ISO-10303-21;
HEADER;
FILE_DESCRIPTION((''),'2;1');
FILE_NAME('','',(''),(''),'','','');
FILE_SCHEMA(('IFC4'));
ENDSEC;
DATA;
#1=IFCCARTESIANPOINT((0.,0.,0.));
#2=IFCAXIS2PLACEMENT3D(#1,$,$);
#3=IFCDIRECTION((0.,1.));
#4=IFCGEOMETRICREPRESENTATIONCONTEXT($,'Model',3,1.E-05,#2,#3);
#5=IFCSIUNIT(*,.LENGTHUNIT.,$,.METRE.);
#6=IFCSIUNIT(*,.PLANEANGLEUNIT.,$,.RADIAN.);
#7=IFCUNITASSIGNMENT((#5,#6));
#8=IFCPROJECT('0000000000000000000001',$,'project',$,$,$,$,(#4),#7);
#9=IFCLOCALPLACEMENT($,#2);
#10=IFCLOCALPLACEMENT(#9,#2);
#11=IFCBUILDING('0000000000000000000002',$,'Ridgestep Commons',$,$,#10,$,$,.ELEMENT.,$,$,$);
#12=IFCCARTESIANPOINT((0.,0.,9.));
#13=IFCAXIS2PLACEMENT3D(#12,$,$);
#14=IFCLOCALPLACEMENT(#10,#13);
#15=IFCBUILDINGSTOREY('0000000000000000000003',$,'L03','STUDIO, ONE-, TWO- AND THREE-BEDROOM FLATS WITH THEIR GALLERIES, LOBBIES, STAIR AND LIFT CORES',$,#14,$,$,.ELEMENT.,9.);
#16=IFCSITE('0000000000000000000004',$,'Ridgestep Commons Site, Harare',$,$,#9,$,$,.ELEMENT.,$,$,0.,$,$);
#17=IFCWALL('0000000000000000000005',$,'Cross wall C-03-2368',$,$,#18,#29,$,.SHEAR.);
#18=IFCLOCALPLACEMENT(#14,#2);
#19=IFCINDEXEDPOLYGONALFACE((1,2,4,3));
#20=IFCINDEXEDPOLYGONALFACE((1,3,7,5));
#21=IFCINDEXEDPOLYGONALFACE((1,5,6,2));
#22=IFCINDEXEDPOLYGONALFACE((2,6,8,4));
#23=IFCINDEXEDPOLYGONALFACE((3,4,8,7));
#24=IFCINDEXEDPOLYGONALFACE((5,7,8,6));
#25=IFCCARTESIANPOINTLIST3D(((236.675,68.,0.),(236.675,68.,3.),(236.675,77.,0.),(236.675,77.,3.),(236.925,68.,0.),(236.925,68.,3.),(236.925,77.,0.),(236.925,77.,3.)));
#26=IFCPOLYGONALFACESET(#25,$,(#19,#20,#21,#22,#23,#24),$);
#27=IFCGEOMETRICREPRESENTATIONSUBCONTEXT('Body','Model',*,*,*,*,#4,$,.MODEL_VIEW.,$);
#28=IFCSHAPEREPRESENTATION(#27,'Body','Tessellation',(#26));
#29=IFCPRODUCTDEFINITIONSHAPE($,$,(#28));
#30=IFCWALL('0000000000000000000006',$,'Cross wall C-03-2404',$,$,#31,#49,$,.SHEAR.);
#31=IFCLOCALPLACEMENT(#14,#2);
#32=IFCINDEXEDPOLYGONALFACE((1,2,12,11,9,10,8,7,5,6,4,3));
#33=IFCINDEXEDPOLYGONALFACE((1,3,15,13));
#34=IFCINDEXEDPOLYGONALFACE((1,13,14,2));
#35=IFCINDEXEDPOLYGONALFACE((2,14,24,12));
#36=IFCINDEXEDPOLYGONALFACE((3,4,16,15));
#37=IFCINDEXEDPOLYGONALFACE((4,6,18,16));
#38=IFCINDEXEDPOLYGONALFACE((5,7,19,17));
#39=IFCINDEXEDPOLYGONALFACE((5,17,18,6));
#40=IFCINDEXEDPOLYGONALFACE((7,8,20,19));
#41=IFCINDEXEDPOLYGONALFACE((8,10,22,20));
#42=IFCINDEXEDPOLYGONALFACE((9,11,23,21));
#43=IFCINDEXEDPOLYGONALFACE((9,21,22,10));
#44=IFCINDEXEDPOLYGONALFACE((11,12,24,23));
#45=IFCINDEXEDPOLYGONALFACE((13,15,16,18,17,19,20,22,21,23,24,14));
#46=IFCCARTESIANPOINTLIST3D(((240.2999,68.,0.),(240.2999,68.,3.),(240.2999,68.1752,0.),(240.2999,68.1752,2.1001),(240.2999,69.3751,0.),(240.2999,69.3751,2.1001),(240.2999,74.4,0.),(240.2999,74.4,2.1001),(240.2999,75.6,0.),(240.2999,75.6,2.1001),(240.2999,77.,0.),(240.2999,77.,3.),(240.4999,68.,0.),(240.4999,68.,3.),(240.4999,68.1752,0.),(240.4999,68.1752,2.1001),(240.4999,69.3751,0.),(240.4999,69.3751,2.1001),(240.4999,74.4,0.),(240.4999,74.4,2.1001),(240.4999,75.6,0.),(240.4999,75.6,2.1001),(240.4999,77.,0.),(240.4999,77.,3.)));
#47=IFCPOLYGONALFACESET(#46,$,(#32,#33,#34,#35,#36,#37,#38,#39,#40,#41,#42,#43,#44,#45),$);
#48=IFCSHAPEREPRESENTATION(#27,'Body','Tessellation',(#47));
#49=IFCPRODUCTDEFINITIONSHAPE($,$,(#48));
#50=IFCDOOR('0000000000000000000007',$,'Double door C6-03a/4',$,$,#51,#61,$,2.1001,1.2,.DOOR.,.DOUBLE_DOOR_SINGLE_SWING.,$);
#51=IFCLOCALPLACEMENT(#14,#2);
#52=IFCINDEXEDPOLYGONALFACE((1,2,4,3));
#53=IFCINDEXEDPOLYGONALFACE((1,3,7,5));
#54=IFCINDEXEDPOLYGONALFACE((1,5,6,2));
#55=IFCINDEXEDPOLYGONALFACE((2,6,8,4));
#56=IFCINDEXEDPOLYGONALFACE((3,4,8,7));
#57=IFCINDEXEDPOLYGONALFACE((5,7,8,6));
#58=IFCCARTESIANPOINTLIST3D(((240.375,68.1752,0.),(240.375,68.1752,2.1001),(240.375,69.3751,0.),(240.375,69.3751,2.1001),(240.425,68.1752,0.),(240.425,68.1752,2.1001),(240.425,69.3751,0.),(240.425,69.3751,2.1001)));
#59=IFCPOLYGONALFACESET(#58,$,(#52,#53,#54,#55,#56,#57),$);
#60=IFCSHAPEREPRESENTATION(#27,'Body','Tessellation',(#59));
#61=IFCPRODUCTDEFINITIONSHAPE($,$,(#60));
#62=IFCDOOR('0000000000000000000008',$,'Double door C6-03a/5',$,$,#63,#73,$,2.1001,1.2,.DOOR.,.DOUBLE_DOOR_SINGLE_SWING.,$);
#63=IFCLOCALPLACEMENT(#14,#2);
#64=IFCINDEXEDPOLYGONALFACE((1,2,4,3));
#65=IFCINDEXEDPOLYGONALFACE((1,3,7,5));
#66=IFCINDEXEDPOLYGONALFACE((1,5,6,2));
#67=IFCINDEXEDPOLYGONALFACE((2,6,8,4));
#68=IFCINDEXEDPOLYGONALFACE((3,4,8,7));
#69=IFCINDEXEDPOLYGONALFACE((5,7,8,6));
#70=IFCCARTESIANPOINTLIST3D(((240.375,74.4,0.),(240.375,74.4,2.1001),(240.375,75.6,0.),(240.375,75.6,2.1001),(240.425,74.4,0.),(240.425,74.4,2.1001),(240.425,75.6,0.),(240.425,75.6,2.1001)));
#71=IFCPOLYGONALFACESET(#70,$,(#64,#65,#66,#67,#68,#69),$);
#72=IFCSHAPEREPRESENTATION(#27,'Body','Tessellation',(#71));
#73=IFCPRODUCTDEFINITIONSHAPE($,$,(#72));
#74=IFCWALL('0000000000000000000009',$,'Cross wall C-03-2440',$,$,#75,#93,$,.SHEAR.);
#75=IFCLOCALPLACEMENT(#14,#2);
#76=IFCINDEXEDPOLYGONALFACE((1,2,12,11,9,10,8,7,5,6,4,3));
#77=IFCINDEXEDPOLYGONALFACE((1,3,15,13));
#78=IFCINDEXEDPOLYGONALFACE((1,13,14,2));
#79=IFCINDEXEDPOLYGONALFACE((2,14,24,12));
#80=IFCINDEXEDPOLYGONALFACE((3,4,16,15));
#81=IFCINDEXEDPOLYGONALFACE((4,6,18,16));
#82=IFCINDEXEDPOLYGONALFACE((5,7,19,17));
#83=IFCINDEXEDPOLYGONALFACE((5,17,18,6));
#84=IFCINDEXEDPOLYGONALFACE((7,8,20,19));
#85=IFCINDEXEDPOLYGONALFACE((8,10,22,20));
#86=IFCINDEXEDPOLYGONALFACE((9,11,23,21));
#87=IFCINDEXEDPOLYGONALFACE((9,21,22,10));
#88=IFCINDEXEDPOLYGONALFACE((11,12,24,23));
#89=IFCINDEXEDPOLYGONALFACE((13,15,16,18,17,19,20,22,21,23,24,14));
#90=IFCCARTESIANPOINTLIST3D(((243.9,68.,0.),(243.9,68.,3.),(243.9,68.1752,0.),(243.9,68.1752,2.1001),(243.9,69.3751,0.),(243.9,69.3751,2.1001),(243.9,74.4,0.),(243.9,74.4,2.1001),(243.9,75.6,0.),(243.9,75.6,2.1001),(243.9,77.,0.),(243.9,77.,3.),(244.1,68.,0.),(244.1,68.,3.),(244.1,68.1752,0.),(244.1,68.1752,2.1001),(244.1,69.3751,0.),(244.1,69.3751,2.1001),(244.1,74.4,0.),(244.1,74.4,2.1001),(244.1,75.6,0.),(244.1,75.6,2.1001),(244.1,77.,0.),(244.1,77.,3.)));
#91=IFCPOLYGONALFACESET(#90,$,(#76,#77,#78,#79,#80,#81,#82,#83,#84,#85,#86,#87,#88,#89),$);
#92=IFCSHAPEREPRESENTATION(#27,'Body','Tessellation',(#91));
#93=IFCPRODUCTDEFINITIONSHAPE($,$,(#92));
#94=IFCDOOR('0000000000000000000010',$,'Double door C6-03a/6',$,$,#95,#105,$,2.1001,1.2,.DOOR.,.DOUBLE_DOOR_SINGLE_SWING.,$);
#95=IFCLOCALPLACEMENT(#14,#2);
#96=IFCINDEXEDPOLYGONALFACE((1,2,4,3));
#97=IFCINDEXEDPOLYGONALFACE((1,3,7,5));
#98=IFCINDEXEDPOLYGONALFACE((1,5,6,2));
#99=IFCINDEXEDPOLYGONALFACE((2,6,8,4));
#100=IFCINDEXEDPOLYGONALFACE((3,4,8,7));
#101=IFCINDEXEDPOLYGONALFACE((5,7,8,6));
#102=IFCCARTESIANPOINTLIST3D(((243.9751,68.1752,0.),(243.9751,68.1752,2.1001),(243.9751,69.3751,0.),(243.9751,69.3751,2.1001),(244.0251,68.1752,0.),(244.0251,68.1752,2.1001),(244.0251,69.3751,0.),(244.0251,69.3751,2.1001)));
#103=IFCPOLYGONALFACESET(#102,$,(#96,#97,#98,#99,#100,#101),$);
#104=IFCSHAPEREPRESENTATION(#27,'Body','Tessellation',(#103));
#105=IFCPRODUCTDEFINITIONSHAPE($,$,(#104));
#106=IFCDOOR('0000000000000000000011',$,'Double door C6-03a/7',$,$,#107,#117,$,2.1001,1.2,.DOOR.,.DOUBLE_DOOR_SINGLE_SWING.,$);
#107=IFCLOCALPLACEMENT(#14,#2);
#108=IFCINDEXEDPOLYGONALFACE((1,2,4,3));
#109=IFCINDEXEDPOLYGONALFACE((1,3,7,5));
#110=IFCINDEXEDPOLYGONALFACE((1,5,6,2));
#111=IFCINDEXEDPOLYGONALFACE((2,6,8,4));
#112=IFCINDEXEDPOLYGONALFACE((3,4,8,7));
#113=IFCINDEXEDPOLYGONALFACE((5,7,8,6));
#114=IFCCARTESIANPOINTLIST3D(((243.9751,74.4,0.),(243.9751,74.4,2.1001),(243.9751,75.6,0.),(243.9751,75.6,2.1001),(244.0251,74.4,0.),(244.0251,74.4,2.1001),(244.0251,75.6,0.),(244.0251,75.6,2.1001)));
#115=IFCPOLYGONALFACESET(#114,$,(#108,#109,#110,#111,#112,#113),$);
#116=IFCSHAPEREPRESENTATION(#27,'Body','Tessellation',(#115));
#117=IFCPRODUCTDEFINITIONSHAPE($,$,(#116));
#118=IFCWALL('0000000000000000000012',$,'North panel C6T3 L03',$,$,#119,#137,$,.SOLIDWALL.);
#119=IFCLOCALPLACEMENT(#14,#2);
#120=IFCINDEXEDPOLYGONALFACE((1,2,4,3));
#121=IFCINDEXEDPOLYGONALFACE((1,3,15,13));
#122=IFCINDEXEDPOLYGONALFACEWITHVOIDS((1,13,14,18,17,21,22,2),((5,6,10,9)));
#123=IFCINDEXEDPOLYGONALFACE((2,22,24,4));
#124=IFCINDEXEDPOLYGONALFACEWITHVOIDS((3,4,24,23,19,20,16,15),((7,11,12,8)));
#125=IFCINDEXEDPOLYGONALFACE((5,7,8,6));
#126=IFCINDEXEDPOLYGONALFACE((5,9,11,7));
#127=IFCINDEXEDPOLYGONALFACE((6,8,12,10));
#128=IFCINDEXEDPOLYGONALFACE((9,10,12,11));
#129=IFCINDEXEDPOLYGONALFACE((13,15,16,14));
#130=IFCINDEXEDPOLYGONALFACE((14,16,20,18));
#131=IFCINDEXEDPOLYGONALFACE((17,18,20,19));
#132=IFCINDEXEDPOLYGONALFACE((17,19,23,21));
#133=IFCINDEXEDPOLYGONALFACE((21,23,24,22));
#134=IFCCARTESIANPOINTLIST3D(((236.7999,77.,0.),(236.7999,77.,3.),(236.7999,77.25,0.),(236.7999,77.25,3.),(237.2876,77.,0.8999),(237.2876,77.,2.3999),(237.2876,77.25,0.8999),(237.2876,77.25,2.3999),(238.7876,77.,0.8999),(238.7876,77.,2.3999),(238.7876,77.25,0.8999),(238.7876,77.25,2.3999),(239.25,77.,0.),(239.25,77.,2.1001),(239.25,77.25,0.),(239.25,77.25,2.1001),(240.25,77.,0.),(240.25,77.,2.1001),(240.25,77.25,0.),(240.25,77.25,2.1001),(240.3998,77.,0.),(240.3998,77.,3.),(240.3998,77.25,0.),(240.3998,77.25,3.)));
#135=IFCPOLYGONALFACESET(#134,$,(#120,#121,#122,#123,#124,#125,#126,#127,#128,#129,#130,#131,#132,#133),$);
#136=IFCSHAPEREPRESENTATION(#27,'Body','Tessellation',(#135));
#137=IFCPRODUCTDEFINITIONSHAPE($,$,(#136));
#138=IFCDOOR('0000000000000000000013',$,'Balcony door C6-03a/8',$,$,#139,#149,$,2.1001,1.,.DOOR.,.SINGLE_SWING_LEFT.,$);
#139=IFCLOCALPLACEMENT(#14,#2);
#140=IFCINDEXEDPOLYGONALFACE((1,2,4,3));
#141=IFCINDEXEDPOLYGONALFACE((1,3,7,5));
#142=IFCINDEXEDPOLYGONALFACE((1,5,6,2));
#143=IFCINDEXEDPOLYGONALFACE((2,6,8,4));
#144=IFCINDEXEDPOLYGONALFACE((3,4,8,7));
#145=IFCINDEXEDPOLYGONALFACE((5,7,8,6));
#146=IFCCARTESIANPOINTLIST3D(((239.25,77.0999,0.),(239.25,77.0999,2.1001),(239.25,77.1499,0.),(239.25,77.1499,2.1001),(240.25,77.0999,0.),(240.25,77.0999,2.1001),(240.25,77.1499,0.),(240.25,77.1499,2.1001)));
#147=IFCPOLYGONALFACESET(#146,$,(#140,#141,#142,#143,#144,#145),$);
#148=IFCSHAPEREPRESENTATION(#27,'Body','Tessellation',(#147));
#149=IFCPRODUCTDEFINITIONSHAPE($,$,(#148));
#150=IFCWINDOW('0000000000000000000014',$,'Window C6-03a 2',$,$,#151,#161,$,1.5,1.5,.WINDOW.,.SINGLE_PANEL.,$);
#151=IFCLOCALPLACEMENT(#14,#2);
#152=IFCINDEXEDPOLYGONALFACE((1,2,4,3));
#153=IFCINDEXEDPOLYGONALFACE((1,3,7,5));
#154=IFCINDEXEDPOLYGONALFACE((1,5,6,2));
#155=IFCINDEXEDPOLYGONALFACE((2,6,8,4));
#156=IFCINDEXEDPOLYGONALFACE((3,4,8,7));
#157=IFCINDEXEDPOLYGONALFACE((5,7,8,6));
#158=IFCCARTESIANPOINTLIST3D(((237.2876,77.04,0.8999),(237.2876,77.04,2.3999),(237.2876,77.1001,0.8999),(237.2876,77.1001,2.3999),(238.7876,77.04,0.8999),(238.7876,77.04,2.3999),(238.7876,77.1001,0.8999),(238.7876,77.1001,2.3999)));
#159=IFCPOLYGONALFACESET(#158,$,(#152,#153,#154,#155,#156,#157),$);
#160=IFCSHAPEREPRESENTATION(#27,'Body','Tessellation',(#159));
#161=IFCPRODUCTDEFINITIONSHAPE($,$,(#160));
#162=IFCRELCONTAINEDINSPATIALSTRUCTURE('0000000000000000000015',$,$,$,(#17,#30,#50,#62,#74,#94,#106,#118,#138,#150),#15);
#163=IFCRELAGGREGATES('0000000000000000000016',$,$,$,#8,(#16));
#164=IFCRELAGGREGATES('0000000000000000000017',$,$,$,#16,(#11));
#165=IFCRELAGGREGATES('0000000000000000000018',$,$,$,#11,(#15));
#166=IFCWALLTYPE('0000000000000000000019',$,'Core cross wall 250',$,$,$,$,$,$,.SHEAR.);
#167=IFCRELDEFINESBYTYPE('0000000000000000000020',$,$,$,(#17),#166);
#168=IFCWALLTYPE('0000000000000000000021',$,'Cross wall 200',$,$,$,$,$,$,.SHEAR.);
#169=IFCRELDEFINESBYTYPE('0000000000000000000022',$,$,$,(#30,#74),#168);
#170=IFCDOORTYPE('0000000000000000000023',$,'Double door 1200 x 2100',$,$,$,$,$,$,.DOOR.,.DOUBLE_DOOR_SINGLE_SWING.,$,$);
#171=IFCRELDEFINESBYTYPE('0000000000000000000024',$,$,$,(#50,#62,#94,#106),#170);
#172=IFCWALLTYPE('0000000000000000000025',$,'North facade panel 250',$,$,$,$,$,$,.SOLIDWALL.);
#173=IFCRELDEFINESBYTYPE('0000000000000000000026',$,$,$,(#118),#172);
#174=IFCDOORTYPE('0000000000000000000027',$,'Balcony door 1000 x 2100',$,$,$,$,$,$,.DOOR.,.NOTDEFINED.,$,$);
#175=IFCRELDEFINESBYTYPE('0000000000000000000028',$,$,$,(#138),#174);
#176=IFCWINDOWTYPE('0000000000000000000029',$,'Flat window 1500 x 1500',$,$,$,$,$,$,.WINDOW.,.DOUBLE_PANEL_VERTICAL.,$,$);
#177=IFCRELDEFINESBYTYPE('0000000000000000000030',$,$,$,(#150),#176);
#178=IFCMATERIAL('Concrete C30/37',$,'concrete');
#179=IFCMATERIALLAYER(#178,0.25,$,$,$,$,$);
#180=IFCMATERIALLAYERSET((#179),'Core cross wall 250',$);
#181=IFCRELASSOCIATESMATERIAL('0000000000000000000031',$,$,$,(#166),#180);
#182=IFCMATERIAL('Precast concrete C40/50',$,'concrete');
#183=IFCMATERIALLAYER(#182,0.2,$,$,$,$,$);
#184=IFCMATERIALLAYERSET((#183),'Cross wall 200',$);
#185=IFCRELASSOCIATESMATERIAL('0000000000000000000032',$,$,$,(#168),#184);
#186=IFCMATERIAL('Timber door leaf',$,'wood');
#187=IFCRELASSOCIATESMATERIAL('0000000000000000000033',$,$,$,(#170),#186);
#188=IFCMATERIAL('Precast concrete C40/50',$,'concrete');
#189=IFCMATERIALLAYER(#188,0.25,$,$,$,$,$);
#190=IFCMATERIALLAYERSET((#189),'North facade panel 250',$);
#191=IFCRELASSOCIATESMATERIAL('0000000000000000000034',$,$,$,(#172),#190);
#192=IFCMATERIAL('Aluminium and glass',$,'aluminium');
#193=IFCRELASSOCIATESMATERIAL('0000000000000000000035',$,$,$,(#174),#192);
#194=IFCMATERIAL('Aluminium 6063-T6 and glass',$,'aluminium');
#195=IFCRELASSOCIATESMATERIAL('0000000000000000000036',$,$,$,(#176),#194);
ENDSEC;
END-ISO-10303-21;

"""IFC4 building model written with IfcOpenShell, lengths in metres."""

from ifc_helpers import new_model, si_unit, direction, frame, frame_2d, origin, place, context, subcontext, project, spatial, rectangle, extrude, material, layer, layer_set, type_object, element, fill, save


model = new_model("IFC4")

# Units and contexts
model_context = context("Model", 3, precision=1e-05, world=origin(), true_north=direction((0.0, 1.0)))
body_context = subcontext(model_context, "Body", "Model", "MODEL_VIEW")
ifc_project = project(units=[si_unit("LENGTHUNIT", "METRE"), si_unit("PLANEANGLEUNIT", "RADIAN")], contexts=[model_context])

# Site, building, storey
site_placement = place(None, origin())
site = spatial("IfcSite", under=ifc_project, at=site_placement, Name="Ridgestep Commons Site, Harare", CompositionType="ELEMENT", RefElevation=0.0)
building_placement = place(site_placement, origin())
building = spatial("IfcBuilding", under=site, at=building_placement, Name="Ridgestep Commons", CompositionType="ELEMENT")
storey_placement = place(building_placement, frame((0.0, 0.0, 9.0)))
storey = spatial("IfcBuildingStorey", under=building, at=storey_placement, Name="L03", Description="STUDIO, ONE-, TWO- AND THREE-BEDROOM FLATS WITH THEIR GALLERIES, LOBBIES, STAIR AND LIFT CORES", CompositionType="ELEMENT", Elevation=9.0)

# Wall
ifc_material_1 = material(Name="Concrete C30/37", Category="concrete")
ifc_layer_1 = layer(ifc_material_1, 0.25)
ifc_layer_set_1 = layer_set([ifc_layer_1], Name="Core cross wall 250")
wall_type_1 = type_object("IfcWallType", Name="Core cross wall 250", PredefinedType="SHEAR", material=ifc_layer_set_1)
wall_1_placement = place(storey_placement, frame((236.8, 68.0, 0.0), z_axis=(0.0, 0.0, 1.0), x_axis=(0.0, 1.0, 0.0)))
element("IfcWall", 1, at=wall_1_placement, inside=storey, type_object=wall_type_1, Name="Cross wall C-03-2368", PredefinedType="SHEAR", context=body_context, shape_type="SweptSolid", body=[
    extrude(rectangle(XDim=9.0, YDim=0.25, at=frame_2d((4.5, 0.0))), origin(), (0.0, 0.0, 1.0), 3.0),
])

# Walls, openings, doors
ifc_material_2 = material(Name="Precast concrete C40/50", Category="concrete")
ifc_layer_2 = layer(ifc_material_2, 0.2)
ifc_layer_set_2 = layer_set([ifc_layer_2], Name="Cross wall 200")
wall_type_2 = type_object("IfcWallType", Name="Cross wall 200", PredefinedType="SHEAR", material=ifc_layer_set_2)
wall_2_placement = place(storey_placement, frame((240.3999, 68.0, 0.0), z_axis=(0.0, 0.0, 1.0), x_axis=(0.0, 1.0, 0.0)))
wall_2 = element("IfcWall", 2, at=wall_2_placement, inside=storey, type_object=wall_type_2, Name="Cross wall C-03-2404", PredefinedType="SHEAR", context=body_context, shape_type="SweptSolid", body=[
    extrude(rectangle(XDim=9.0, YDim=0.2, at=frame_2d((4.5, 0.0))), origin(), (0.0, 0.0, 1.0), 3.0),
])
opening_1_placement = place(wall_2_placement, frame((0.175, 0.0, 0.0)))
opening_1 = element("IfcOpeningElement", 3, at=opening_1_placement, cuts=wall_2, PredefinedType="OPENING", context=body_context, shape_type="SweptSolid", body=[
    extrude(rectangle(XDim=1.2, YDim=2.1001, at=frame_2d((0.6001, 1.05))), frame((0.0, 0.1099, 0.0), z_axis=(0.0, -1.0, 0.0), x_axis=(1.0, 0.0, 0.0)), (0.0, 0.0, 1.0), 0.22),
])
opening_2_placement = place(wall_2_placement, frame((6.3999, 0.0, 0.0)))
opening_2 = element("IfcOpeningElement", 4, at=opening_2_placement, cuts=wall_2, PredefinedType="OPENING", context=body_context, shape_type="SweptSolid", body=[
    extrude(rectangle(XDim=1.2, YDim=2.1001, at=frame_2d((0.6001, 1.05))), frame((0.0, 0.1099, 0.0), z_axis=(0.0, -1.0, 0.0), x_axis=(1.0, 0.0, 0.0)), (0.0, 0.0, 1.0), 0.22),
])
ifc_material_3 = material(Name="Timber door leaf", Category="wood")
door_type_1 = type_object("IfcDoorType", Name="Double door 1200 x 2100", OperationType="DOUBLE_DOOR_SINGLE_SWING", PredefinedType="DOOR", material=ifc_material_3)
door_1_placement = place(opening_1_placement, origin())
door_1 = element("IfcDoor", 5, at=door_1_placement, inside=storey, type_object=door_type_1, Name="Double door C6-03a/4", OperationType="DOUBLE_DOOR_SINGLE_SWING", OverallHeight=2.1001, OverallWidth=1.2, PredefinedType="DOOR", context=body_context, shape_type="SweptSolid", body=[
    extrude(rectangle(XDim=1.2, YDim=2.1001, at=frame_2d((0.6001, 1.05))), frame((0.0, 0.0249, 0.0), z_axis=(0.0, -1.0, 0.0), x_axis=(1.0, 0.0, 0.0)), (0.0, 0.0, 1.0), 0.05),
])
fill(opening_1, door_1)
door_2_placement = place(opening_2_placement, origin())
door_2 = element("IfcDoor", 6, at=door_2_placement, inside=storey, type_object=door_type_1, Name="Double door C6-03a/5", OperationType="DOUBLE_DOOR_SINGLE_SWING", OverallHeight=2.1001, OverallWidth=1.2, PredefinedType="DOOR", context=body_context, shape_type="SweptSolid", body=[
    extrude(rectangle(XDim=1.2, YDim=2.1001, at=frame_2d((0.6001, 1.05))), frame((0.0, 0.0249, 0.0), z_axis=(0.0, -1.0, 0.0), x_axis=(1.0, 0.0, 0.0)), (0.0, 0.0, 1.0), 0.05),
])
fill(opening_2, door_2)
wall_3_placement = place(storey_placement, frame((244.0, 68.0, 0.0), z_axis=(0.0, 0.0, 1.0), x_axis=(0.0, 1.0, 0.0)))
wall_3 = element("IfcWall", 7, at=wall_3_placement, inside=storey, type_object=wall_type_2, Name="Cross wall C-03-2440", PredefinedType="SHEAR", context=body_context, shape_type="SweptSolid", body=[
    extrude(rectangle(XDim=9.0, YDim=0.2, at=frame_2d((4.5, 0.0))), origin(), (0.0, 0.0, 1.0), 3.0),
])
opening_3_placement = place(wall_3_placement, frame((0.175, 0.0, 0.0)))
opening_3 = element("IfcOpeningElement", 8, at=opening_3_placement, cuts=wall_3, PredefinedType="OPENING", context=body_context, shape_type="SweptSolid", body=[
    extrude(rectangle(XDim=1.2, YDim=2.1001, at=frame_2d((0.6001, 1.05))), frame((0.0, 0.1099, 0.0), z_axis=(0.0, -1.0, 0.0), x_axis=(1.0, 0.0, 0.0)), (0.0, 0.0, 1.0), 0.22),
])
opening_4_placement = place(wall_3_placement, frame((6.3999, 0.0, 0.0)))
opening_4 = element("IfcOpeningElement", 9, at=opening_4_placement, cuts=wall_3, PredefinedType="OPENING", context=body_context, shape_type="SweptSolid", body=[
    extrude(rectangle(XDim=1.2, YDim=2.1001, at=frame_2d((0.6001, 1.05))), frame((0.0, 0.1099, 0.0), z_axis=(0.0, -1.0, 0.0), x_axis=(1.0, 0.0, 0.0)), (0.0, 0.0, 1.0), 0.22),
])
door_3_placement = place(opening_3_placement, origin())
door_3 = element("IfcDoor", 10, at=door_3_placement, inside=storey, type_object=door_type_1, Name="Double door C6-03a/6", OperationType="DOUBLE_DOOR_SINGLE_SWING", OverallHeight=2.1001, OverallWidth=1.2, PredefinedType="DOOR", context=body_context, shape_type="SweptSolid", body=[
    extrude(rectangle(XDim=1.2, YDim=2.1001, at=frame_2d((0.6001, 1.05))), frame((0.0, 0.0249, 0.0), z_axis=(0.0, -1.0, 0.0), x_axis=(1.0, 0.0, 0.0)), (0.0, 0.0, 1.0), 0.05),
])
fill(opening_3, door_3)
door_4_placement = place(opening_4_placement, origin())
door_4 = element("IfcDoor", 11, at=door_4_placement, inside=storey, type_object=door_type_1, Name="Double door C6-03a/7", OperationType="DOUBLE_DOOR_SINGLE_SWING", OverallHeight=2.1001, OverallWidth=1.2, PredefinedType="DOOR", context=body_context, shape_type="SweptSolid", body=[
    extrude(rectangle(XDim=1.2, YDim=2.1001, at=frame_2d((0.6001, 1.05))), frame((0.0, 0.0249, 0.0), z_axis=(0.0, -1.0, 0.0), x_axis=(1.0, 0.0, 0.0)), (0.0, 0.0, 1.0), 0.05),
])
fill(opening_4, door_4)

# Wall, openings, door, window
ifc_material_4 = material(Name="Precast concrete C40/50", Category="concrete")
ifc_layer_3 = layer(ifc_material_4, 0.25)
ifc_layer_set_3 = layer_set([ifc_layer_3], Name="North facade panel 250")
wall_type_3 = type_object("IfcWallType", Name="North facade panel 250", PredefinedType="SOLIDWALL", material=ifc_layer_set_3)
wall_4_placement = place(storey_placement, frame((236.8, 77.125, 0.0), z_axis=(0.0, 0.0, 1.0), x_axis=(1.0, 0.0, 0.0)))
wall_4 = element("IfcWall", 12, at=wall_4_placement, inside=storey, type_object=wall_type_3, Name="North panel C6T3 L03", PredefinedType="SOLIDWALL", context=body_context, shape_type="SweptSolid", body=[
    extrude(rectangle(XDim=3.5999, YDim=0.25, at=frame_2d((1.7998, 0.0))), origin(), (0.0, 0.0, 1.0), 3.0),
])
opening_5_placement = place(wall_4_placement, frame((0.4875, 0.0, 0.8999)))
opening_5 = element("IfcOpeningElement", 13, at=opening_5_placement, cuts=wall_4, PredefinedType="OPENING", context=body_context, shape_type="SweptSolid", body=[
    extrude(rectangle(XDim=1.5, YDim=1.5, at=frame_2d((0.75, 0.75))), frame((0.0, 0.135, 0.0), z_axis=(0.0, -1.0, 0.0), x_axis=(1.0, 0.0, 0.0)), (0.0, 0.0, 1.0), 0.27),
])
opening_6_placement = place(wall_4_placement, frame((2.45, 0.0, 0.0)))
opening_6 = element("IfcOpeningElement", 14, at=opening_6_placement, cuts=wall_4, PredefinedType="OPENING", context=body_context, shape_type="SweptSolid", body=[
    extrude(rectangle(XDim=1.0, YDim=2.1001, at=frame_2d((0.5, 1.05))), frame((0.0, 0.135, 0.0), z_axis=(0.0, -1.0, 0.0), x_axis=(1.0, 0.0, 0.0)), (0.0, 0.0, 1.0), 0.27),
])
ifc_material_5 = material(Name="Aluminium and glass", Category="aluminium")
door_type_2 = type_object("IfcDoorType", Name="Balcony door 1000 x 2100", OperationType="NOTDEFINED", PredefinedType="DOOR", material=ifc_material_5)
door_5_placement = place(opening_6_placement, origin())
door_5 = element("IfcDoor", 15, at=door_5_placement, inside=storey, type_object=door_type_2, Name="Balcony door C6-03a/8", OperationType="SINGLE_SWING_LEFT", OverallHeight=2.1001, OverallWidth=1.0, PredefinedType="DOOR", context=body_context, shape_type="SweptSolid", body=[
    extrude(rectangle(XDim=1.0, YDim=2.1001, at=frame_2d((0.5, 1.05))), frame((0.0, 0.0249, 0.0), z_axis=(0.0, -1.0, 0.0), x_axis=(1.0, 0.0, 0.0)), (0.0, 0.0, 1.0), 0.05),
])
fill(opening_6, door_5)
ifc_material_6 = material(Name="Aluminium 6063-T6 and glass", Category="aluminium")
window_type_1 = type_object("IfcWindowType", Name="Flat window 1500 x 1500", PartitioningType="DOUBLE_PANEL_VERTICAL", PredefinedType="WINDOW", material=ifc_material_6)
window_1_placement = place(opening_5_placement, origin())
window_1 = element("IfcWindow", 16, at=window_1_placement, inside=storey, type_object=window_type_1, Name="Window C6-03a 2", OverallHeight=1.5, OverallWidth=1.5, PartitioningType="SINGLE_PANEL", PredefinedType="WINDOW", context=body_context, shape_type="SweptSolid", body=[
    extrude(rectangle(XDim=1.5, YDim=1.5, at=frame_2d((0.75, 0.75))), frame((0.0, -0.0249, 0.0), z_axis=(0.0, -1.0, 0.0), x_axis=(1.0, 0.0, 0.0)), (0.0, 0.0, 1.0), 0.0601),
])
fill(opening_5, window_1)

save(model, "model.ifc")
